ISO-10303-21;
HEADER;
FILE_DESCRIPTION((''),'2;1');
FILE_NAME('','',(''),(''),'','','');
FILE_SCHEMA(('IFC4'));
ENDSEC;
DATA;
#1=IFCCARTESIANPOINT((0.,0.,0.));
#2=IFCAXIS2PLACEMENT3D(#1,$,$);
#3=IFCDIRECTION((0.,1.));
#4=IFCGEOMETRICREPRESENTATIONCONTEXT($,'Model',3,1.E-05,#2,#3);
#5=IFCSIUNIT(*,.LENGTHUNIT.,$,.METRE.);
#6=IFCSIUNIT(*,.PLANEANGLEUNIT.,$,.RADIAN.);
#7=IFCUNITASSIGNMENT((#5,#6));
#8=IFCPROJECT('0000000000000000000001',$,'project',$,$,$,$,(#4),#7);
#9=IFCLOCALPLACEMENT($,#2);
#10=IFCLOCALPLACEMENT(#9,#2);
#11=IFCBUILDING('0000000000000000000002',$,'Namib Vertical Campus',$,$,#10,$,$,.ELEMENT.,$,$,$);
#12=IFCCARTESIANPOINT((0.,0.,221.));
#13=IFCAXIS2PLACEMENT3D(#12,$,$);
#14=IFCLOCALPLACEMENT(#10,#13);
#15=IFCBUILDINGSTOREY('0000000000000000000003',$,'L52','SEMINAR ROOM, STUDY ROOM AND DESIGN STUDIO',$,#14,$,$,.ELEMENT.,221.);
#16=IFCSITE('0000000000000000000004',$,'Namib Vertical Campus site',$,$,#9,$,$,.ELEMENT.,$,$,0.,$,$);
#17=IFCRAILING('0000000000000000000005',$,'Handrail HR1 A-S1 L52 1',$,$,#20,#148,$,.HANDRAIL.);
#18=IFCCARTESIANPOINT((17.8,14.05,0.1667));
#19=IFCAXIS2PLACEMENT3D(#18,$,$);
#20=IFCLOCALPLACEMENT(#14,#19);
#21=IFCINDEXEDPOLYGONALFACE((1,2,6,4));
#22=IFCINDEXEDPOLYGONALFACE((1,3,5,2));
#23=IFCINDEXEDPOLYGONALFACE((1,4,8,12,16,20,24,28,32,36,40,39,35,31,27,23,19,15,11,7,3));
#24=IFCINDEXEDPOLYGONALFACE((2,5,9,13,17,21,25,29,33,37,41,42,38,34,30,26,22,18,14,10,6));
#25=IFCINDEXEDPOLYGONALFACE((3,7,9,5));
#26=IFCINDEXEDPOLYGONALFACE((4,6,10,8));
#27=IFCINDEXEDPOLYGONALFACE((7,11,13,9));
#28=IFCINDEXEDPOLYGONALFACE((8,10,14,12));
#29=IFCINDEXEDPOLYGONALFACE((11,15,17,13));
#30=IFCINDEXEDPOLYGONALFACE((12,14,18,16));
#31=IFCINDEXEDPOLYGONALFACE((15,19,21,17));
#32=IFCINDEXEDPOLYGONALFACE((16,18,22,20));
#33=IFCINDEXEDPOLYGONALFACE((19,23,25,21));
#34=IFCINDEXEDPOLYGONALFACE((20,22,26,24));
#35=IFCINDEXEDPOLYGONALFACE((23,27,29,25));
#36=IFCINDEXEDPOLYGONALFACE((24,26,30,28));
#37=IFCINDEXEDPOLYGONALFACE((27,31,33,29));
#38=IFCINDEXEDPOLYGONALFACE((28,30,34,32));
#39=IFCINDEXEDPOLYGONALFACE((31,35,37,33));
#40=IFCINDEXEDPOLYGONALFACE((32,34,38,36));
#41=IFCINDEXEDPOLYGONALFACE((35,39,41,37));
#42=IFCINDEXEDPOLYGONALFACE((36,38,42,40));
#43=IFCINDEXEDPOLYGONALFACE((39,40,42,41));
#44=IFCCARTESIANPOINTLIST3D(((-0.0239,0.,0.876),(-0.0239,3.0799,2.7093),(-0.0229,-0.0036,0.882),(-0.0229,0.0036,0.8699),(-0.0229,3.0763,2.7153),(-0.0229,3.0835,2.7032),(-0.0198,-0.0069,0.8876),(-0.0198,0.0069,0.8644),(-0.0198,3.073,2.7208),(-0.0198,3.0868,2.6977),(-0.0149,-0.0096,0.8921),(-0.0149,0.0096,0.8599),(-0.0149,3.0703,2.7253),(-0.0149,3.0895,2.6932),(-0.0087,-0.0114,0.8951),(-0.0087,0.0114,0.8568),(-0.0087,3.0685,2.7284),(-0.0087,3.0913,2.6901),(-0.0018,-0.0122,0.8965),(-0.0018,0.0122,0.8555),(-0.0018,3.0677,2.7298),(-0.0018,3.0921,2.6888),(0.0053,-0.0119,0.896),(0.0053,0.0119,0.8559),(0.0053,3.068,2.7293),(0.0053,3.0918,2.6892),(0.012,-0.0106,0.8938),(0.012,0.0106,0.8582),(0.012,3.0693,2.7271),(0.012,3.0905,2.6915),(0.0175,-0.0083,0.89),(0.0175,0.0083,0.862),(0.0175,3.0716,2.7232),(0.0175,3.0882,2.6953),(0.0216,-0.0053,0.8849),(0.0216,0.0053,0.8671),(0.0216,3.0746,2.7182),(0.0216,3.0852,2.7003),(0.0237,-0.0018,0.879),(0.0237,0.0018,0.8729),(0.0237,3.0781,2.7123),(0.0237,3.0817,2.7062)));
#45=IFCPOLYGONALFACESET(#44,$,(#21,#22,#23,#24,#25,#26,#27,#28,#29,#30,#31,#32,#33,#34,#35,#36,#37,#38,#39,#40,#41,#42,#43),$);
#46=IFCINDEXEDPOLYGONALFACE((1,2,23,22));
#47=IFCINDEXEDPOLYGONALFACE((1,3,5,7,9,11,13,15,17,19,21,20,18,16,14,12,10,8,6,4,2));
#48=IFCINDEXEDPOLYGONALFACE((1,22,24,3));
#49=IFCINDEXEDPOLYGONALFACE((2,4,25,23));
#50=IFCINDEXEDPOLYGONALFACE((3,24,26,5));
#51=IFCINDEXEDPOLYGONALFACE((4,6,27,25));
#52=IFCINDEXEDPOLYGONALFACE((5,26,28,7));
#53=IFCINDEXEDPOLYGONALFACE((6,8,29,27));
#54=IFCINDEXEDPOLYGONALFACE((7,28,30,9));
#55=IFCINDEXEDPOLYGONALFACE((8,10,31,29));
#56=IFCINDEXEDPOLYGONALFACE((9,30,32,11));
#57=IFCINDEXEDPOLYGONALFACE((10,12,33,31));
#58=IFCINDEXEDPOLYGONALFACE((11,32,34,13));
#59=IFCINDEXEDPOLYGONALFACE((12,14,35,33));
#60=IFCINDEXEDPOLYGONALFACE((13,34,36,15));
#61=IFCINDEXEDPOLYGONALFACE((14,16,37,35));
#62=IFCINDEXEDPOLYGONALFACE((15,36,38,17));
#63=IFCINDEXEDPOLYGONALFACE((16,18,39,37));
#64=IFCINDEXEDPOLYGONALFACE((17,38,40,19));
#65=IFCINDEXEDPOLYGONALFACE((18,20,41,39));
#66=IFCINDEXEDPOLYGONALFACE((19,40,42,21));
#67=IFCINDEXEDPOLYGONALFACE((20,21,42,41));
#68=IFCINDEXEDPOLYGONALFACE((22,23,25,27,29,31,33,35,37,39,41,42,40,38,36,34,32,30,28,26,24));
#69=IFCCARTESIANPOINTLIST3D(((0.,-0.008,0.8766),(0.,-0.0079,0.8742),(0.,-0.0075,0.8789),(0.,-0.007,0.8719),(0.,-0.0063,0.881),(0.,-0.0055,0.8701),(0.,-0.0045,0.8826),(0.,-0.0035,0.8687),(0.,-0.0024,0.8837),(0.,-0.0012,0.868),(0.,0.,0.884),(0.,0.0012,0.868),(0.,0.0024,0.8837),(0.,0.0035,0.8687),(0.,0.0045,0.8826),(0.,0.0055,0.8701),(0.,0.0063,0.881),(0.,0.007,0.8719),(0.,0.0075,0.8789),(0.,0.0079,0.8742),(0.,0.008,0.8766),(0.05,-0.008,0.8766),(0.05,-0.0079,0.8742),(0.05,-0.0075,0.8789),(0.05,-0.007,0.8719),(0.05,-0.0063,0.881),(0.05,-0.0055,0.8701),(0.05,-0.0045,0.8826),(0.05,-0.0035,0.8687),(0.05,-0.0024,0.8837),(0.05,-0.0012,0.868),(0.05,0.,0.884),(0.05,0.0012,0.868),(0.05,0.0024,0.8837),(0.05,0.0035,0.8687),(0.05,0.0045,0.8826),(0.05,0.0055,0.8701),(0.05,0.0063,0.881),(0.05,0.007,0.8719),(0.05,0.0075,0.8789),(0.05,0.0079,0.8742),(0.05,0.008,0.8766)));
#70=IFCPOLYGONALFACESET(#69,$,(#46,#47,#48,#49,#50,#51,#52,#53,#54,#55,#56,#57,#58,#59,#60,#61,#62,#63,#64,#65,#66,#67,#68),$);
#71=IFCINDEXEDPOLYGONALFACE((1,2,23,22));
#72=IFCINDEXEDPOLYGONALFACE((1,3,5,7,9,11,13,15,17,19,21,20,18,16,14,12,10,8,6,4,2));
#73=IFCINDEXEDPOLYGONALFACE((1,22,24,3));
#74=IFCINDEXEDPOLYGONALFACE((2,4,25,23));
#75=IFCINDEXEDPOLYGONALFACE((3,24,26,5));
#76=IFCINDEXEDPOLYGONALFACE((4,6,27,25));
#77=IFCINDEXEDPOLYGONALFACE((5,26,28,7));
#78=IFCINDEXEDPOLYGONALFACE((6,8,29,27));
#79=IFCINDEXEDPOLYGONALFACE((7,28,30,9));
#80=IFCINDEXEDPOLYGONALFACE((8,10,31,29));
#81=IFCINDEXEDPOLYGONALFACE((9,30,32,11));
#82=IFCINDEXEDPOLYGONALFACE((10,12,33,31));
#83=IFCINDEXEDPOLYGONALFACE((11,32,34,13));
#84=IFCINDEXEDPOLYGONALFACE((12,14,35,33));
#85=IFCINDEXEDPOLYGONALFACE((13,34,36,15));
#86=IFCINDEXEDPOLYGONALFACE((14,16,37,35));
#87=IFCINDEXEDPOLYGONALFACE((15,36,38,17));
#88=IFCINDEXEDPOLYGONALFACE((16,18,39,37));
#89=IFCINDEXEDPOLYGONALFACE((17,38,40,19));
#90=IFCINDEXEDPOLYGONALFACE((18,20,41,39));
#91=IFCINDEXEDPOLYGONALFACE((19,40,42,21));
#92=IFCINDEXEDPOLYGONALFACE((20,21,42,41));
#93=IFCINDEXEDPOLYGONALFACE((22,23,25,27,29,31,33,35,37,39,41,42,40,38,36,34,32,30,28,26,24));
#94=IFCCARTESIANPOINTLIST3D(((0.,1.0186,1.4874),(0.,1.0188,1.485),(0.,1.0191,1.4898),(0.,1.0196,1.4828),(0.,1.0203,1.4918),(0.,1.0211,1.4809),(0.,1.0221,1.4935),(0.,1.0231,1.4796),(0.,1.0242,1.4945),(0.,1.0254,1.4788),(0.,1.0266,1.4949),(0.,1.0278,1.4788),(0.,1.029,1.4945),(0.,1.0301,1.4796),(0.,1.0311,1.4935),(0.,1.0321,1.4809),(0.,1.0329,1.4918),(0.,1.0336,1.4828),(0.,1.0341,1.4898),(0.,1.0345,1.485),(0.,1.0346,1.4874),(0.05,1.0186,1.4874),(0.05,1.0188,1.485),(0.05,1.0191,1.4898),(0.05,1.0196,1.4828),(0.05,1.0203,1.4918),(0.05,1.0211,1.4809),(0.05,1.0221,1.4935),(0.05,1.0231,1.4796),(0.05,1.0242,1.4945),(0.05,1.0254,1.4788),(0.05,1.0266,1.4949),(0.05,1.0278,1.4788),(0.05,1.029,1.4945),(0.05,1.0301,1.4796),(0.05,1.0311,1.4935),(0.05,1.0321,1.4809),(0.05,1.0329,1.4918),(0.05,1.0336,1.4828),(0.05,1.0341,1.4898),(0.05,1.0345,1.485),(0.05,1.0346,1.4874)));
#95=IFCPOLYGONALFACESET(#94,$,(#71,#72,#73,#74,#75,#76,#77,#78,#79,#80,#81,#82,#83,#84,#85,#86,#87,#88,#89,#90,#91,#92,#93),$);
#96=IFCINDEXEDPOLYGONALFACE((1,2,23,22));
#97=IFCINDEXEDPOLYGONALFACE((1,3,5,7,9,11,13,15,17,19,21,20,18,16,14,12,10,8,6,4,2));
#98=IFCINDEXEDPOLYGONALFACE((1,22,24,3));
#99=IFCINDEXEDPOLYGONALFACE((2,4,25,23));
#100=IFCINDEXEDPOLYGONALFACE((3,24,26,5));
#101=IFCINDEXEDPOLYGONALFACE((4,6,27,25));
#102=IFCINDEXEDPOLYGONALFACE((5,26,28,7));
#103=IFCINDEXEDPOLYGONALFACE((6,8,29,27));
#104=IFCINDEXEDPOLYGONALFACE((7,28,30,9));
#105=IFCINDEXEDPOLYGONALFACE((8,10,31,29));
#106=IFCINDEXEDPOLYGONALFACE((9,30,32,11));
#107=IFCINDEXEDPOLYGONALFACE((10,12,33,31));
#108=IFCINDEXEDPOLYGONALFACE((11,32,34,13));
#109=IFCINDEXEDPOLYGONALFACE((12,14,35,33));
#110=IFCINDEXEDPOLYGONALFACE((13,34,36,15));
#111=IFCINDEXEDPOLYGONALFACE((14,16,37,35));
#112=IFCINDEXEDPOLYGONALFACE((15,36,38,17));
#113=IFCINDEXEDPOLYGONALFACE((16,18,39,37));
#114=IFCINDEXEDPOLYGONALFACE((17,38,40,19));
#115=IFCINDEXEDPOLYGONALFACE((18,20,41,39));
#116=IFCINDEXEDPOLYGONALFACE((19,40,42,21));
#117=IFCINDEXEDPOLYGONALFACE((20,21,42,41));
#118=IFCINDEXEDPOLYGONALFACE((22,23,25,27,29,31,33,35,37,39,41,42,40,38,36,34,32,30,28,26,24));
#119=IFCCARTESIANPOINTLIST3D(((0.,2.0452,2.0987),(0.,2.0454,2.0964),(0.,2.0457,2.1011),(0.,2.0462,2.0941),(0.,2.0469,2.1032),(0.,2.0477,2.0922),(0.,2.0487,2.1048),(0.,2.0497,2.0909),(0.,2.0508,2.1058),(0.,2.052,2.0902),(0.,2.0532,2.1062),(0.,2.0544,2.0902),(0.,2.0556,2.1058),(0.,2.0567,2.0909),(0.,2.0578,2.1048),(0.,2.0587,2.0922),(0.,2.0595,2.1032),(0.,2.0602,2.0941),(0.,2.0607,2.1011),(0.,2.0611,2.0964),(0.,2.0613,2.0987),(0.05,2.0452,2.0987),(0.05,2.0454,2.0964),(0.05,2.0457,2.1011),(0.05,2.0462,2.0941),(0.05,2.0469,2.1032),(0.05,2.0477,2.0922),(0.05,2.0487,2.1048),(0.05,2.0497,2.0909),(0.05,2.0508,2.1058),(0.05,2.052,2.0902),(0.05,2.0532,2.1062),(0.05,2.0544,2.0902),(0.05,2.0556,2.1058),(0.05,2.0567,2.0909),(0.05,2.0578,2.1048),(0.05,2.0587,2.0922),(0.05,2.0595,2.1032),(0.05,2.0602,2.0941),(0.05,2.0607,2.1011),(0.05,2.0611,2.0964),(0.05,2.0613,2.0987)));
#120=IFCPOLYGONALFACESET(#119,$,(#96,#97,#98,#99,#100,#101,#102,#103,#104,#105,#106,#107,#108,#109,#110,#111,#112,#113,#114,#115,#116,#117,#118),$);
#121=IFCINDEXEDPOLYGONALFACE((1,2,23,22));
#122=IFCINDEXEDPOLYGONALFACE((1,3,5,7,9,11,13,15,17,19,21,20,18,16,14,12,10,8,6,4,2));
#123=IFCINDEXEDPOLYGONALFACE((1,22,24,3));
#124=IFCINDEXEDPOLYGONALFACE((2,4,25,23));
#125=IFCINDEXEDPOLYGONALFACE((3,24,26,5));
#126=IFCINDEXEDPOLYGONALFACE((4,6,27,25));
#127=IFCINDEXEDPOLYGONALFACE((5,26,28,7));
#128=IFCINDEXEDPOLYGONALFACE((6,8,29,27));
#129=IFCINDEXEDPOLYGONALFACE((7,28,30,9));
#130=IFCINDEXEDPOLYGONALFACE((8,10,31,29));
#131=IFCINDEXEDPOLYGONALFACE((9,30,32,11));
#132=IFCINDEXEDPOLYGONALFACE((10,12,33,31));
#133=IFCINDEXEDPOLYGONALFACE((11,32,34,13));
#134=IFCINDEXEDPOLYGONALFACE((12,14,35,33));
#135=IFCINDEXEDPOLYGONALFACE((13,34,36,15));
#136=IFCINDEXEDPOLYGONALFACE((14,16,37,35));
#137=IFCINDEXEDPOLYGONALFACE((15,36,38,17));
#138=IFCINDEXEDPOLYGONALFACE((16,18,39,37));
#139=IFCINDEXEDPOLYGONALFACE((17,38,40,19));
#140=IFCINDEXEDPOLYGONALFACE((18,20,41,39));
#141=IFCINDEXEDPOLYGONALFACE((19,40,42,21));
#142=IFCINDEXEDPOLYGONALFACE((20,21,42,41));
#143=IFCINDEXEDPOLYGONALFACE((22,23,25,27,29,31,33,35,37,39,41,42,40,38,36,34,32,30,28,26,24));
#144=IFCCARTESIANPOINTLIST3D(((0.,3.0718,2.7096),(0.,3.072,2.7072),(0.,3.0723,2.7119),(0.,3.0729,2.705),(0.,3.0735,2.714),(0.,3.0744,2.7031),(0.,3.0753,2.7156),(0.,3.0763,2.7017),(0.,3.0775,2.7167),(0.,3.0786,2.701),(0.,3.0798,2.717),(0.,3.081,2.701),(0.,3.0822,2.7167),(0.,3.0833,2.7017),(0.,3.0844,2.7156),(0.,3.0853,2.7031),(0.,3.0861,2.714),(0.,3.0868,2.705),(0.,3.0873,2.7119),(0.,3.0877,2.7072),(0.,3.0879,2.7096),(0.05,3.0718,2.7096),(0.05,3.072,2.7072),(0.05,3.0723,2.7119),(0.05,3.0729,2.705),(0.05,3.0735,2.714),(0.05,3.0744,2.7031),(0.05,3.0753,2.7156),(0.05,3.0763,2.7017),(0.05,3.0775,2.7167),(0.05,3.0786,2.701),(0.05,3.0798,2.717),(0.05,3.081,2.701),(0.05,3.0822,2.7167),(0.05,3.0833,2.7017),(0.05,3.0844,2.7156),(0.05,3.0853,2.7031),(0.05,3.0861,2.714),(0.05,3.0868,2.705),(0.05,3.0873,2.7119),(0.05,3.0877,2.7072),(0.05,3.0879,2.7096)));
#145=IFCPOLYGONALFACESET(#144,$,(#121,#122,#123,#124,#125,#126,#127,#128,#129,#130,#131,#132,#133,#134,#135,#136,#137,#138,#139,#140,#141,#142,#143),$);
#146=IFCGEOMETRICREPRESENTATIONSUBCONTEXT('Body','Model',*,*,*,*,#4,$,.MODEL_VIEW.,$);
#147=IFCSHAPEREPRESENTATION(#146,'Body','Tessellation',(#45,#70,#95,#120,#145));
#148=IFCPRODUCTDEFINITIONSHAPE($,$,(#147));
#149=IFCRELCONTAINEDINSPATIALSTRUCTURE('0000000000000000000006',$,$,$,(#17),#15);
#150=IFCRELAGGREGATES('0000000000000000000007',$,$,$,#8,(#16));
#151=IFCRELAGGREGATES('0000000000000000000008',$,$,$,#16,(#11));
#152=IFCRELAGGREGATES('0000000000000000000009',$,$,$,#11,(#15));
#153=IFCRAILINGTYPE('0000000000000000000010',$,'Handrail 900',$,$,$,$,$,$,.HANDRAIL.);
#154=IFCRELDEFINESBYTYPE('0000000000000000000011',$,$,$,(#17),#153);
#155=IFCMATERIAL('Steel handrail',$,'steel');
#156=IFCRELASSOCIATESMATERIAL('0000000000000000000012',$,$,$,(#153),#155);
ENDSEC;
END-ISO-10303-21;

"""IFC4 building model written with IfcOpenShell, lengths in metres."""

from ifc_helpers import new_model, si_unit, direction, frame, origin, origin_2d, place, context, subcontext, project, spatial, circle, extrude, material, type_object, element, save


model = new_model("IFC4")

# Units and contexts
model_context = context("Model", 3, precision=1e-05, world=origin(), true_north=direction((0.0, 1.0)))
body_context = subcontext(model_context, "Body", "Model", "MODEL_VIEW")
ifc_project = project(units=[si_unit("LENGTHUNIT", "METRE"), si_unit("PLANEANGLEUNIT", "RADIAN")], contexts=[model_context])

# Site, building, storey
site_placement = place(None, origin())
site = spatial("IfcSite", under=ifc_project, at=site_placement, Name="Namib Vertical Campus site", CompositionType="ELEMENT", RefElevation=0.0)
building_placement = place(site_placement, origin())
building = spatial("IfcBuilding", under=site, at=building_placement, Name="Namib Vertical Campus", CompositionType="ELEMENT")
storey_placement = place(building_placement, frame((0.0, 0.0, 221.0)))
storey = spatial("IfcBuildingStorey", under=building, at=storey_placement, Name="L52", Description="SEMINAR ROOM, STUDY ROOM AND DESIGN STUDIO", CompositionType="ELEMENT", Elevation=221.0)

# Railing
ifc_material_1 = material(Name="Steel handrail", Category="steel")
railing_type_1 = type_object("IfcRailingType", Name="Handrail 900", PredefinedType="HANDRAIL", material=ifc_material_1)
railing_1_placement = place(storey_placement, frame((17.8, 14.05, 0.1667)))
element("IfcRailing", 1, at=railing_1_placement, inside=storey, type_object=railing_type_1, Name="Handrail HR1 A-S1 L52 1", PredefinedType="HANDRAIL", context=body_context, shape_type="SweptSolid", body=[
    extrude(circle(Radius=0.0239, at=origin_2d()), frame((0.0, 0.0, 0.876), z_axis=(0.0, 0.859291, 0.511487), x_axis=(-1.0, 0.0, 0.0)), (0.0, 0.0, 1.0), 3.5842),
    extrude(circle(Radius=0.0081, at=origin_2d()), frame((0.0, 0.0, 0.876), z_axis=(1.0, 0.0, 0.0), x_axis=(0.0, 0.0, 1.0)), (0.0, 0.0, 1.0), 0.05),
    extrude(circle(Radius=0.0081, at=origin_2d()), frame((0.0, 1.0266, 1.4868), z_axis=(1.0, 0.0, 0.0), x_axis=(0.0, 0.0, 1.0)), (0.0, 0.0, 1.0), 0.05),
    extrude(circle(Radius=0.0081, at=origin_2d()), frame((0.0, 2.0532, 2.0981), z_axis=(1.0, 0.0, 0.0), x_axis=(0.0, 0.0, 1.0)), (0.0, 0.0, 1.0), 0.05),
    extrude(circle(Radius=0.0081, at=origin_2d()), frame((0.0, 3.0798, 2.709), z_axis=(1.0, 0.0, 0.0), x_axis=(0.0, 0.0, 1.0)), (0.0, 0.0, 1.0), 0.05),
])

save(model, "model.ifc")
